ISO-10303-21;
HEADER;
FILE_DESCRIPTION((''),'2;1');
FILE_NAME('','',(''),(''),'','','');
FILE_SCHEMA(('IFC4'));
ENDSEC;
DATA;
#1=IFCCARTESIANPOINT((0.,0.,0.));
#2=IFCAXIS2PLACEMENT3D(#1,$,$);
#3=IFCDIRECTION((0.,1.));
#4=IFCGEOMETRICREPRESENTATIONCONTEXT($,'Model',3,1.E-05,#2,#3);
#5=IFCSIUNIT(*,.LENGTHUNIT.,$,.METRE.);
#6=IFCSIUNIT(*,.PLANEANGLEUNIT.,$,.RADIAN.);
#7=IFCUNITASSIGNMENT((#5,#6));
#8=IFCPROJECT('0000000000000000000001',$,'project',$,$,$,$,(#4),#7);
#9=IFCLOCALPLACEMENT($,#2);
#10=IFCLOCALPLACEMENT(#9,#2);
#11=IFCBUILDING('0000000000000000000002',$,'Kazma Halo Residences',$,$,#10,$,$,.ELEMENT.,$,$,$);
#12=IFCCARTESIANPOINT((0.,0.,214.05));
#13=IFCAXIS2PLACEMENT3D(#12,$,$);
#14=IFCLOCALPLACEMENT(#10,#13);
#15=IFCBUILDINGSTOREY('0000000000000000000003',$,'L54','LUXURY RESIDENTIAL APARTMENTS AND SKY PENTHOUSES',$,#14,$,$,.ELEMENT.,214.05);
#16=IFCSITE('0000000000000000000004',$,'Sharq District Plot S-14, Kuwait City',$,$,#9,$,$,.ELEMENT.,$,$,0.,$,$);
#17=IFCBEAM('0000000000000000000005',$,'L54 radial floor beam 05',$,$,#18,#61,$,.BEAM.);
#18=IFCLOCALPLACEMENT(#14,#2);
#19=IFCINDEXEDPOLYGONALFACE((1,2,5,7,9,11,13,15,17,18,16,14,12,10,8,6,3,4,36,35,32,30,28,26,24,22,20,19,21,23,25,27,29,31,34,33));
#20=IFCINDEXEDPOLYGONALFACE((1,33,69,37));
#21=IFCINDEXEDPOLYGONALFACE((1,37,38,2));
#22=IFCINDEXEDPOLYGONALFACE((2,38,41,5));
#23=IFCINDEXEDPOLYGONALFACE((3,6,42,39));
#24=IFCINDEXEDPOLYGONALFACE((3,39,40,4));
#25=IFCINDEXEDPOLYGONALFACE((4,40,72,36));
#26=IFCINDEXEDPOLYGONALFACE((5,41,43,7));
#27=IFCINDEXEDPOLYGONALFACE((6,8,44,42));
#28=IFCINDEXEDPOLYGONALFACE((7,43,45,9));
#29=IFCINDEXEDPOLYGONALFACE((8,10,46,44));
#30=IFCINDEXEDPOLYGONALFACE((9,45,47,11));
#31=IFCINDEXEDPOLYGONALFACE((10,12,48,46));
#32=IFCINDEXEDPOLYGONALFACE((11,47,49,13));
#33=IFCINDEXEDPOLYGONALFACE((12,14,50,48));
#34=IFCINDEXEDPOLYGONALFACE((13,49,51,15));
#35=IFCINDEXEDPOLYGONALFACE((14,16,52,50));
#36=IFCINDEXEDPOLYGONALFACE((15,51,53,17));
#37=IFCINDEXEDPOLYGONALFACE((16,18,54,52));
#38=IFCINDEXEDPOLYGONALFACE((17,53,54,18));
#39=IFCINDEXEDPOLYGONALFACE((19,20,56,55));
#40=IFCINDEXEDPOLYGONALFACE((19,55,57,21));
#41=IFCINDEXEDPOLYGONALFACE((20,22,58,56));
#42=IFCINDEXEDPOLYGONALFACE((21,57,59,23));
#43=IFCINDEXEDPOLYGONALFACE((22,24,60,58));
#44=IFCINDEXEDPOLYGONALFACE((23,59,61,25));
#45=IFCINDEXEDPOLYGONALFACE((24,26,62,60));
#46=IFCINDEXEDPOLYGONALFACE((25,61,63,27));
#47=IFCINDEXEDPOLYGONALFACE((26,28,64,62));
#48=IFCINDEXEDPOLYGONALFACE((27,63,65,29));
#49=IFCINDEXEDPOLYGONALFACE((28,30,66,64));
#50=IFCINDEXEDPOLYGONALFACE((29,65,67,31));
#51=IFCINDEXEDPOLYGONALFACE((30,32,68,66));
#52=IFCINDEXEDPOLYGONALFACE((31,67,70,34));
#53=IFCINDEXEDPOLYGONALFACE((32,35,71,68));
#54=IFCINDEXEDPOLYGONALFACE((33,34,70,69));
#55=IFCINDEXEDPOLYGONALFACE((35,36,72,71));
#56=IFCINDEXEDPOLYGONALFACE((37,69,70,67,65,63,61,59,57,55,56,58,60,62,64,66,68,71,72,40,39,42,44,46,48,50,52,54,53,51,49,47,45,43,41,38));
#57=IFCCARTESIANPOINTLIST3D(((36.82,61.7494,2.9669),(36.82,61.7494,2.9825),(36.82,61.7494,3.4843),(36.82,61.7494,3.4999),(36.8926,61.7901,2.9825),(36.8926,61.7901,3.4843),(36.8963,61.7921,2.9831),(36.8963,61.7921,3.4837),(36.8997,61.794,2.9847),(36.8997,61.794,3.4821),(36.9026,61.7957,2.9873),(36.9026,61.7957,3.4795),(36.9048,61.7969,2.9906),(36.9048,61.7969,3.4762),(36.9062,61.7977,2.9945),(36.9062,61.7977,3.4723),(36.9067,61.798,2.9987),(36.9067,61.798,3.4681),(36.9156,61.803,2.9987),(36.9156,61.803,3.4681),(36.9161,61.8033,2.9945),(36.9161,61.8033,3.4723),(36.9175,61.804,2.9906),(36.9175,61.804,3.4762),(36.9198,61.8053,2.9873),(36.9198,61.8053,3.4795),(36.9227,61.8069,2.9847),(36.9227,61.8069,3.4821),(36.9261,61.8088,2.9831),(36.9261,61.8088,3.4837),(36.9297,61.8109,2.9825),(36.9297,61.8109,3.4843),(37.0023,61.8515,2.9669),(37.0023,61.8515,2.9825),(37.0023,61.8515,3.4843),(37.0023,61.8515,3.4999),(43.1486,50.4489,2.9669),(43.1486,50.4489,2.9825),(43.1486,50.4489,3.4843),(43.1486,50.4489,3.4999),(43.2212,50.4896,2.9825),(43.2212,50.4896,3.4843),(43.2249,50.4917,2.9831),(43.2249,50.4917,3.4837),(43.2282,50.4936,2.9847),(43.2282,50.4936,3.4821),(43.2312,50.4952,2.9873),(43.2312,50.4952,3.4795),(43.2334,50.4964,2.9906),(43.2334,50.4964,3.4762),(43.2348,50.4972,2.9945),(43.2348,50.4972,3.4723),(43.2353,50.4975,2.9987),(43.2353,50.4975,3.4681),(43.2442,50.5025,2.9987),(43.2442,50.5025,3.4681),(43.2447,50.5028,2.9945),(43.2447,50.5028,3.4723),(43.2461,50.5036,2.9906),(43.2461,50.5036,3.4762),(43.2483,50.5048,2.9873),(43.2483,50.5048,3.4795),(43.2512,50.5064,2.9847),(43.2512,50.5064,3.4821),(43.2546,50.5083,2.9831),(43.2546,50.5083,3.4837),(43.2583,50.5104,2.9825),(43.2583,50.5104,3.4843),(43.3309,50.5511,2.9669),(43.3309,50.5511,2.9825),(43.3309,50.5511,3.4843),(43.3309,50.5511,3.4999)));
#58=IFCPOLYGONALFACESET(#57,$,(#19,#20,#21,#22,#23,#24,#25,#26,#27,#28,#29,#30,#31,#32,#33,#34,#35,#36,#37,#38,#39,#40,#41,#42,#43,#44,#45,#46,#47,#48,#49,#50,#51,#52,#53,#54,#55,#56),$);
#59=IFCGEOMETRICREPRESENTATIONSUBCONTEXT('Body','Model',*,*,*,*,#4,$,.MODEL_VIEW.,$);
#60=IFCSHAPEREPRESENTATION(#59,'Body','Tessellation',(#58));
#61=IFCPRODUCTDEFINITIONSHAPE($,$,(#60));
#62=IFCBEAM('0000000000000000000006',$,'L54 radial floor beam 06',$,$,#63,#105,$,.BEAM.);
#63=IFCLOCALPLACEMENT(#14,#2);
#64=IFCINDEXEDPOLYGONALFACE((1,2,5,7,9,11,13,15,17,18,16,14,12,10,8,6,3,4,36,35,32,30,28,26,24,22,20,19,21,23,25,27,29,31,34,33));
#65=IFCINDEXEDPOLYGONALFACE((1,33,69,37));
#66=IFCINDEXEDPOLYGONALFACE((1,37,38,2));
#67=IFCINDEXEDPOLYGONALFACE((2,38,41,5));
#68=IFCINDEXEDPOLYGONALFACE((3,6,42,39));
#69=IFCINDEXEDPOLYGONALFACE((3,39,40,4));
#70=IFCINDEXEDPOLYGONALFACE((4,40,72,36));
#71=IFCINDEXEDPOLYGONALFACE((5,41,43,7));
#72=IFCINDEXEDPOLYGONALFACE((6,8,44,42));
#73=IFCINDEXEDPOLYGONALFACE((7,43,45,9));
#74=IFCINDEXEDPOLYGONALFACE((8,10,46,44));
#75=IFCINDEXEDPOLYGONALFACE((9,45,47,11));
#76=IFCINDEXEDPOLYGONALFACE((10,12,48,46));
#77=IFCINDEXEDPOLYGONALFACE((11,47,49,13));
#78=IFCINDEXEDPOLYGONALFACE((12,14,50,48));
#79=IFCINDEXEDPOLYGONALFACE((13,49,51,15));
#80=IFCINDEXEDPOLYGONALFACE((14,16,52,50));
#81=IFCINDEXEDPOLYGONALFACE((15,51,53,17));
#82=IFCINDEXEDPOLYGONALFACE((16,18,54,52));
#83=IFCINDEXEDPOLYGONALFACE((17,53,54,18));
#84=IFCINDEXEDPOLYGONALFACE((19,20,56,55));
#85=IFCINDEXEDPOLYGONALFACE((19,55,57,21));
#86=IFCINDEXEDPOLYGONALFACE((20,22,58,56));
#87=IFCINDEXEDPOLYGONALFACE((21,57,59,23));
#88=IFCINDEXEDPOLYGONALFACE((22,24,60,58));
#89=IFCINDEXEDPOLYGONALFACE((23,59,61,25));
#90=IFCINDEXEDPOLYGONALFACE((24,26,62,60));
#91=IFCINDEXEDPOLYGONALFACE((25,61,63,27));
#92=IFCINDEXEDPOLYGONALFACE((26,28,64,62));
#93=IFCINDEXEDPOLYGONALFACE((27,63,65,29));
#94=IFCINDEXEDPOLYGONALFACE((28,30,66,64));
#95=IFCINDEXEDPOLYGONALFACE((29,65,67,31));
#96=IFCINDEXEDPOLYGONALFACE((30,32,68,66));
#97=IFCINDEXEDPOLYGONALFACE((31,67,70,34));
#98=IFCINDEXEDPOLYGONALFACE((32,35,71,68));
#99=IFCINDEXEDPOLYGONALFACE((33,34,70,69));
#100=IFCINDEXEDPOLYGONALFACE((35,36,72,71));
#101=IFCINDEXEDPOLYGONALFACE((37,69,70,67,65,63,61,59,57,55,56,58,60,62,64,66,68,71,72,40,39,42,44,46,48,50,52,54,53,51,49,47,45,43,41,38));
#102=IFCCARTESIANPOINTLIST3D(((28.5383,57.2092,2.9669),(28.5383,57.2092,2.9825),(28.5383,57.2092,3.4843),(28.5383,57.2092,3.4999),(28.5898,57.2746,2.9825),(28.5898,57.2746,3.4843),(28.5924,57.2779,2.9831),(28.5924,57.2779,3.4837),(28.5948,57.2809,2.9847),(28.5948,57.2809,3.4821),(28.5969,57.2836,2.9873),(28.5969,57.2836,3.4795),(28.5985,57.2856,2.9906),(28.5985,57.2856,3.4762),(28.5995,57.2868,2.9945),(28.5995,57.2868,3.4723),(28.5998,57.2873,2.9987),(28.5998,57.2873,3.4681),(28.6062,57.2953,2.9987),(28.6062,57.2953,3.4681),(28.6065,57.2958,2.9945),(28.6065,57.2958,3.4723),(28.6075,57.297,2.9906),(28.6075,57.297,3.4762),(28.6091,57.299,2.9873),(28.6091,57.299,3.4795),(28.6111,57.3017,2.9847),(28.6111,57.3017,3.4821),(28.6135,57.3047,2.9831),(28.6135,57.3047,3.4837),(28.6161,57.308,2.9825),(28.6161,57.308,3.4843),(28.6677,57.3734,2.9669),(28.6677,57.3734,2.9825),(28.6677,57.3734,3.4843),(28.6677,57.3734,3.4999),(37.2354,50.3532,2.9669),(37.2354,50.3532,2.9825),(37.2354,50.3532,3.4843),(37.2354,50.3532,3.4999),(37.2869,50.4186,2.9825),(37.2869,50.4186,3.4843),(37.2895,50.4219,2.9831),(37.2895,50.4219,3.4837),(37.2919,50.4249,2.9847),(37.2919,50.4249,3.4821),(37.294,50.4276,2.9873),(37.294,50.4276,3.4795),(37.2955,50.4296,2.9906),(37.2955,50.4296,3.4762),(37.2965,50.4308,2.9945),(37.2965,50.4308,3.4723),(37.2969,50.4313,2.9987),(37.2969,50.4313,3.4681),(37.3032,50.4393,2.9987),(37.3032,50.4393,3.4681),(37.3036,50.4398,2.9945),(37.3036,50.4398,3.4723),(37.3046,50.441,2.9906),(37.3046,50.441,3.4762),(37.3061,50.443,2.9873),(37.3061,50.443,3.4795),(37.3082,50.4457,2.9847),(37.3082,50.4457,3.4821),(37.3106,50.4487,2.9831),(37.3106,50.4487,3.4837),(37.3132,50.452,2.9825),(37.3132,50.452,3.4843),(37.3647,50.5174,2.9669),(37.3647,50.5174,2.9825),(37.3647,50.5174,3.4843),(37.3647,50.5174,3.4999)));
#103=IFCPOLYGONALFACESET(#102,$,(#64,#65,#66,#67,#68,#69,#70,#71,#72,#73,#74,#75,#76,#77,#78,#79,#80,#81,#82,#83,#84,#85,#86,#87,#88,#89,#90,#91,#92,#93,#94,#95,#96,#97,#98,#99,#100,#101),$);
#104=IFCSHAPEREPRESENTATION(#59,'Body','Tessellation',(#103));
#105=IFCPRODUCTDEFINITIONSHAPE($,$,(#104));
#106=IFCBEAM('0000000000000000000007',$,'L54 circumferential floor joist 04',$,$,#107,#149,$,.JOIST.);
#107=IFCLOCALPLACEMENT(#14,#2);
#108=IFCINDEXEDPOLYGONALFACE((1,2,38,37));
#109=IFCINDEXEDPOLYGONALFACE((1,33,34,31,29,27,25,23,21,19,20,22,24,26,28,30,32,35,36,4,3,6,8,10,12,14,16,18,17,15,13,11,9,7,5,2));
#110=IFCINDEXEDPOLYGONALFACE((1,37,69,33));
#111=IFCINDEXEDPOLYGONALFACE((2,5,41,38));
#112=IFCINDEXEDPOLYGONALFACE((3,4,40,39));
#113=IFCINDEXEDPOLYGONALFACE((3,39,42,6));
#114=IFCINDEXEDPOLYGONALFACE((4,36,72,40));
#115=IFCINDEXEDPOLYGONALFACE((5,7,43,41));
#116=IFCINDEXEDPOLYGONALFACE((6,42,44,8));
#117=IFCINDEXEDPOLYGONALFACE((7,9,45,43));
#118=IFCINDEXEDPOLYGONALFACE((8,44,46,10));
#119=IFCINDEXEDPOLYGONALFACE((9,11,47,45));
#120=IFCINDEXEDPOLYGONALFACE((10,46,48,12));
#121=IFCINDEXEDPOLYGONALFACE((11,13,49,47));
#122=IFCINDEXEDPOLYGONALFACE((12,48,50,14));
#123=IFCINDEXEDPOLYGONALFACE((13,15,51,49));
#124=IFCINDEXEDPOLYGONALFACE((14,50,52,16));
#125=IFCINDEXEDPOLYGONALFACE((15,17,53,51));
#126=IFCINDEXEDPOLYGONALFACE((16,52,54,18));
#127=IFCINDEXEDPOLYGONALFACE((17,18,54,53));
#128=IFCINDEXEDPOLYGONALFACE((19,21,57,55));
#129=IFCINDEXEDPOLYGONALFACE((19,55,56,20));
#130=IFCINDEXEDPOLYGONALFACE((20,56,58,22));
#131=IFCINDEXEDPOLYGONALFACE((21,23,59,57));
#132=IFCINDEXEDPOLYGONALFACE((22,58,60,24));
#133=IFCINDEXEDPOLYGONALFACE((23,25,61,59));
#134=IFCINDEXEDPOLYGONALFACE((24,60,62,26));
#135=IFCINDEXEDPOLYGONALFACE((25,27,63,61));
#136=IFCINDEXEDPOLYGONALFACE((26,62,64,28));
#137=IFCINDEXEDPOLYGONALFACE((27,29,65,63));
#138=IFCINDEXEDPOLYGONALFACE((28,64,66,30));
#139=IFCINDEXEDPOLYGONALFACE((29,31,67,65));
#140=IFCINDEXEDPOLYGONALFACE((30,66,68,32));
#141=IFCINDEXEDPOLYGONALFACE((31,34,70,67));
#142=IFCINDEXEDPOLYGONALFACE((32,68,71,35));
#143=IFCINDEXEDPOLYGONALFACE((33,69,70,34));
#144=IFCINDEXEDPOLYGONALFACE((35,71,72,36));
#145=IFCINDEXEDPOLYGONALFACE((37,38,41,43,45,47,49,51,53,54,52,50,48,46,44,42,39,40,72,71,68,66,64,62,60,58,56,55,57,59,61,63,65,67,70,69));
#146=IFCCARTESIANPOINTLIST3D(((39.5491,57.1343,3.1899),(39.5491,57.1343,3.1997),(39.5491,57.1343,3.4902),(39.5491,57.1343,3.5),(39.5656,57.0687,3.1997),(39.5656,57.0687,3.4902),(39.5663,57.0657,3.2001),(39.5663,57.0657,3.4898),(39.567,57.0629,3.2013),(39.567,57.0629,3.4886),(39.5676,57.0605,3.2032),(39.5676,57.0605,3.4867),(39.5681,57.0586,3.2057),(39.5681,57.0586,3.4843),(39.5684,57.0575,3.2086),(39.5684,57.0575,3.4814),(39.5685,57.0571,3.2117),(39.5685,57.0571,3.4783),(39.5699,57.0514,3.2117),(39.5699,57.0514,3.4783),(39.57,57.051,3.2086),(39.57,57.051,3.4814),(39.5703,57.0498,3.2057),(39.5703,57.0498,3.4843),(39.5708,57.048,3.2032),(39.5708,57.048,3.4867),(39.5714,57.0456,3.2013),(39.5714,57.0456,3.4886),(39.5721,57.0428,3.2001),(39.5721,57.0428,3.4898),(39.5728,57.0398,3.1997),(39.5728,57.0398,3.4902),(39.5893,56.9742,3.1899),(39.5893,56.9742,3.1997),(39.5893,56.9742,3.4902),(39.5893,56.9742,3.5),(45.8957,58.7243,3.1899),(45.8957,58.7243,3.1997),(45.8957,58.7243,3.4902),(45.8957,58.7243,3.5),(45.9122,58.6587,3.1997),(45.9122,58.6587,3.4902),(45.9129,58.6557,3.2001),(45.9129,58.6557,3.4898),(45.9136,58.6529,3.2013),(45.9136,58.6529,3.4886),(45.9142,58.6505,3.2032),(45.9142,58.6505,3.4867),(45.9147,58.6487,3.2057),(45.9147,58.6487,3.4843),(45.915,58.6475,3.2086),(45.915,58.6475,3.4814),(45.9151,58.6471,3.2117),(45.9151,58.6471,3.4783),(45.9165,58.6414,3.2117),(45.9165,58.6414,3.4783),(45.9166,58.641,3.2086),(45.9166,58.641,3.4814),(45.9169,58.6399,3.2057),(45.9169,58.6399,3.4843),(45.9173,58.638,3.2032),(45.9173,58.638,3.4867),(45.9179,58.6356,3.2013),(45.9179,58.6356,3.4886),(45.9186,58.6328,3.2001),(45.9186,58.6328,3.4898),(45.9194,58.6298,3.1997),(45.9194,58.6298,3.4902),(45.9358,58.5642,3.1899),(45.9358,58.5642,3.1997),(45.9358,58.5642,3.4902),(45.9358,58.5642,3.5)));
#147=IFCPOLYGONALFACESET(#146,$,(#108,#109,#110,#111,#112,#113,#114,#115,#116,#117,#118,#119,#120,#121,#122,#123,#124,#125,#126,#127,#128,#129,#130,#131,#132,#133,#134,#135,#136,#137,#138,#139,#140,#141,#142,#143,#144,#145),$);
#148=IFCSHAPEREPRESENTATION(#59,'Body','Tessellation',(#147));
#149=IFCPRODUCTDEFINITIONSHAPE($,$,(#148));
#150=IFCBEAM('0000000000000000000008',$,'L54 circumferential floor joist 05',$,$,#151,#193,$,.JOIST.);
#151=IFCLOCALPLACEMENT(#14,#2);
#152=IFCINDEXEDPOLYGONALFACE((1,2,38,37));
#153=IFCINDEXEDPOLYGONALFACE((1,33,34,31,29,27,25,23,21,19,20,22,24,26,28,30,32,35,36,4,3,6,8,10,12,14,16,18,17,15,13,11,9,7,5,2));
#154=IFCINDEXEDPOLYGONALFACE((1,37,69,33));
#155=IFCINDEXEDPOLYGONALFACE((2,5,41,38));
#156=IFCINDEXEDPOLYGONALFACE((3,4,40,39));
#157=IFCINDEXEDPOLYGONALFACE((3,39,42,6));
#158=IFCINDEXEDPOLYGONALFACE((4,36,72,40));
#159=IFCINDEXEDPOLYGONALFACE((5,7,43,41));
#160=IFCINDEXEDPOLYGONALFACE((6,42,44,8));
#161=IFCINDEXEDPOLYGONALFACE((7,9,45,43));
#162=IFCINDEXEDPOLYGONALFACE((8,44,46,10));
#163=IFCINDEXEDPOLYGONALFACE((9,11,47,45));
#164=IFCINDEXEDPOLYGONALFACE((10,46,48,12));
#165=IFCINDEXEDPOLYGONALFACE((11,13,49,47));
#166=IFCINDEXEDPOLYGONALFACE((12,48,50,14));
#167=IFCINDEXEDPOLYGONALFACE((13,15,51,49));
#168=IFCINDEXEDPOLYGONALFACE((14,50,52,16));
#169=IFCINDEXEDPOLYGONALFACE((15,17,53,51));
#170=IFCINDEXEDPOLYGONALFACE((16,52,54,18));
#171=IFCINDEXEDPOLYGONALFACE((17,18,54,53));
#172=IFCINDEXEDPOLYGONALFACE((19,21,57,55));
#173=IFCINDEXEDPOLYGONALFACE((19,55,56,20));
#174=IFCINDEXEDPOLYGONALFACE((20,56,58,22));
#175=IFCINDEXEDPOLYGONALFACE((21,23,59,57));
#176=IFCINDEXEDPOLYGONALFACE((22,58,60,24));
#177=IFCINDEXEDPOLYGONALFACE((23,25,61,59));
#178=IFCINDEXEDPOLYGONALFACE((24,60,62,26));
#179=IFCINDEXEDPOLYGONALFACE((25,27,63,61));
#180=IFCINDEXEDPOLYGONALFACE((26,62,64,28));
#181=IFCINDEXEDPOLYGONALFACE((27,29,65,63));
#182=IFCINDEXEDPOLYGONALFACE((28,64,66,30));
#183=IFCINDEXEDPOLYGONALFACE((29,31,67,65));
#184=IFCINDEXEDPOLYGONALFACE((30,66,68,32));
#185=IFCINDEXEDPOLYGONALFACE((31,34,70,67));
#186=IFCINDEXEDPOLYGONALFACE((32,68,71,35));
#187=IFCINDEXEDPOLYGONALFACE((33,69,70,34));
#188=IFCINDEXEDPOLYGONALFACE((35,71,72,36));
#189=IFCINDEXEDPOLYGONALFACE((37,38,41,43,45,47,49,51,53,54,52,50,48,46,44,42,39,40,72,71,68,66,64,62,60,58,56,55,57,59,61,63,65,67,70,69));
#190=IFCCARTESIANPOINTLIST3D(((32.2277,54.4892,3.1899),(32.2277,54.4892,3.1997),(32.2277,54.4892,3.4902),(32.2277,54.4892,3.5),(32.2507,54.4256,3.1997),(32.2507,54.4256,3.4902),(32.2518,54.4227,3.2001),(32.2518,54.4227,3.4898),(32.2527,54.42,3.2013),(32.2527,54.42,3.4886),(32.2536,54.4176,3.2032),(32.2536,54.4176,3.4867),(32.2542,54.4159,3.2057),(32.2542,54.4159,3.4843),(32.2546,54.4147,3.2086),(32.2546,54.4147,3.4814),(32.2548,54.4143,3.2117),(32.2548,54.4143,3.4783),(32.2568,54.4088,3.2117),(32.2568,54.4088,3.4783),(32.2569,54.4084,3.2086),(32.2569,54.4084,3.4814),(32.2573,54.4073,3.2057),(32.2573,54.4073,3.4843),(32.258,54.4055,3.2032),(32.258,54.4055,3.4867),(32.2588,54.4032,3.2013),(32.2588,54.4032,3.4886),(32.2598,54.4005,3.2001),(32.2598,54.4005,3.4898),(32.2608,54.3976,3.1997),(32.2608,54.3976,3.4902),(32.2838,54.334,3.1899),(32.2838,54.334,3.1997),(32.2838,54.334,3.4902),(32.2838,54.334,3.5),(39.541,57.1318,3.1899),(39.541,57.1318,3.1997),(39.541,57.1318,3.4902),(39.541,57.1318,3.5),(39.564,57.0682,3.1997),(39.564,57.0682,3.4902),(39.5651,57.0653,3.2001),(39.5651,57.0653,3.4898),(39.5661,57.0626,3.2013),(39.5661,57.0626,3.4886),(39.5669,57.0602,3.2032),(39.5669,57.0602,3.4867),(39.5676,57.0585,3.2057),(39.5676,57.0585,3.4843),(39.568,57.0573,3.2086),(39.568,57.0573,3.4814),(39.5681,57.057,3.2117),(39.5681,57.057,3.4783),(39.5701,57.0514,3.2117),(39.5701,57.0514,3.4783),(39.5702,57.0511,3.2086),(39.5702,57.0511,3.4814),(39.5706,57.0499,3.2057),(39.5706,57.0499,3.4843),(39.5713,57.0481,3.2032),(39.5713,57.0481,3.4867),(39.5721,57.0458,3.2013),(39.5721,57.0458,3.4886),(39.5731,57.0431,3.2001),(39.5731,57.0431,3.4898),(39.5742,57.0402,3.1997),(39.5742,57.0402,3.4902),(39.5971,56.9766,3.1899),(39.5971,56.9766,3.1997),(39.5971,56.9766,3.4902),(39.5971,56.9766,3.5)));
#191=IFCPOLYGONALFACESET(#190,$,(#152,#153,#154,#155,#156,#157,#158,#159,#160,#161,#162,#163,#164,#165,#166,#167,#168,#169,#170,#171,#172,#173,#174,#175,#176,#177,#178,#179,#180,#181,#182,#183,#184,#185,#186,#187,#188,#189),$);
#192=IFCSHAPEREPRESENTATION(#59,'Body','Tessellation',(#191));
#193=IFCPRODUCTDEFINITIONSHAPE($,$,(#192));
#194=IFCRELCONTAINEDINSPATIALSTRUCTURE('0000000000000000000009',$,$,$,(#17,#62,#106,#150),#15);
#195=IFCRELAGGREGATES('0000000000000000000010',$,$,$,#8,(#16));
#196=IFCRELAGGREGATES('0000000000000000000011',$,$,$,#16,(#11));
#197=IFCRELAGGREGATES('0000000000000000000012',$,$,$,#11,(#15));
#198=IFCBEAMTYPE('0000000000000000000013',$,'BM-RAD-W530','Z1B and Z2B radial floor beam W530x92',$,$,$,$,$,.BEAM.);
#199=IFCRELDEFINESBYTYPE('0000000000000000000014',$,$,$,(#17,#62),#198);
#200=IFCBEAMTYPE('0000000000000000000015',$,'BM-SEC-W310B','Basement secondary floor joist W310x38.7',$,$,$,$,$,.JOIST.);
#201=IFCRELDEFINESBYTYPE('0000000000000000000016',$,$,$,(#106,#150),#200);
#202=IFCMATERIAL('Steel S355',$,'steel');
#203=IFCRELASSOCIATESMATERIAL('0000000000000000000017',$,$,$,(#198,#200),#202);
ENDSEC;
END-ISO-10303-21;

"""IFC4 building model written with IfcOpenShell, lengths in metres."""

from ifc_helpers import new_model, si_unit, direction, frame, origin, origin_2d, place, context, subcontext, project, spatial, i_section, extrude, material, material_profile, profile_set, type_object, element, save


model = new_model("IFC4")

# Units and contexts
model_context = context("Model", 3, precision=1e-05, world=origin(), true_north=direction((0.0, 1.0)))
body_context = subcontext(model_context, "Body", "Model", "MODEL_VIEW")
ifc_project = project(units=[si_unit("LENGTHUNIT", "METRE"), si_unit("PLANEANGLEUNIT", "RADIAN")], contexts=[model_context])

# Site, building, storey
site_placement = place(None, origin())
site = spatial("IfcSite", under=ifc_project, at=site_placement, Name="Sharq District Plot S-14, Kuwait City", CompositionType="ELEMENT", RefElevation=0.0)
building_placement = place(site_placement, origin())
building = spatial("IfcBuilding", under=site, at=building_placement, Name="Kazma Halo Residences", CompositionType="ELEMENT")
storey_placement = place(building_placement, frame((0.0, 0.0, 214.05)))
storey = spatial("IfcBuildingStorey", under=building, at=storey_placement, Name="L54", Description="LUXURY RESIDENTIAL APARTMENTS AND SKY PENTHOUSES", CompositionType="ELEMENT", Elevation=214.05)

# Beams
ifc_material_1 = material(Name="Steel S355", Category="steel")
ifc_material_profile_1 = material_profile(ifc_material_1, i_section(OverallWidth=0.209, OverallDepth=0.533, WebThickness=0.0103, FlangeThickness=0.0156, FilletRadius=0.0161, at=origin_2d()), Name="W530x92")
ifc_profile_set_1 = profile_set([ifc_material_profile_1], Name="Steel S355")
beam_type_1 = type_object("IfcBeamType", Name="BM-RAD-W530", Description="Z1B and Z2B radial floor beam W530x92", PredefinedType="BEAM", material=ifc_profile_set_1)
beam_1_placement = place(storey_placement, frame((43.2397, 50.5, 3.2334), z_axis=(-0.488622, 0.872496, 0.0), x_axis=(-0.872496, -0.488622, 0.0)))
element("IfcBeam", 1, at=beam_1_placement, inside=storey, type_object=beam_type_1, Name="L54 radial floor beam 05", PredefinedType="BEAM", context=body_context, shape_type="SweptSolid", body=[
    extrude(i_section(OverallWidth=0.209, OverallDepth=0.533, WebThickness=0.0103, FlangeThickness=0.0156, FilletRadius=0.0161, at=origin_2d()), origin(), (0.0, 0.0, 1.0), 12.9519),
])
beam_2_placement = place(storey_placement, frame((37.3, 50.4353, 3.2334), z_axis=(-0.785327, 0.619082, 0.0), x_axis=(-0.619082, -0.785327, 0.0)))
element("IfcBeam", 2, at=beam_2_placement, inside=storey, type_object=beam_type_1, Name="L54 radial floor beam 06", PredefinedType="BEAM", context=body_context, shape_type="SweptSolid", body=[
    extrude(i_section(OverallWidth=0.209, OverallDepth=0.533, WebThickness=0.0103, FlangeThickness=0.0156, FilletRadius=0.0161, at=origin_2d()), origin(), (0.0, 0.0, 1.0), 11.0745),
])
ifc_material_profile_2 = material_profile(ifc_material_1, i_section(OverallWidth=0.165, OverallDepth=0.3101, WebThickness=0.0059, FlangeThickness=0.0098, FilletRadius=0.012, at=origin_2d()), Name="W310x38.7")
ifc_profile_set_2 = profile_set([ifc_material_profile_2], Name="Steel S355")
beam_type_2 = type_object("IfcBeamType", Name="BM-SEC-W310B", Description="Basement secondary floor joist W310x38.7", PredefinedType="JOIST", material=ifc_profile_set_2)
beam_3_placement = place(storey_placement, frame((45.9158, 58.6443, 3.345), z_axis=(-0.970019, -0.243027, 0.0), x_axis=(0.243027, -0.970019, 0.0)))
element("IfcBeam", 3, at=beam_3_placement, inside=storey, type_object=beam_type_2, Name="L54 circumferential floor joist 04", PredefinedType="JOIST", context=body_context, shape_type="SweptSolid", body=[
    extrude(i_section(OverallWidth=0.165, OverallDepth=0.3101, WebThickness=0.0059, FlangeThickness=0.0098, FilletRadius=0.012, at=origin_2d()), origin(), (0.0, 0.0, 1.0), 6.5427),
])
beam_4_placement = place(storey_placement, frame((39.5691, 57.0542, 3.345), z_axis=(-0.940485, -0.339837, 0.0), x_axis=(0.339837, -0.940485, 0.0)))
element("IfcBeam", 4, at=beam_4_placement, inside=storey, type_object=beam_type_2, Name="L54 circumferential floor joist 05", PredefinedType="JOIST", context=body_context, shape_type="SweptSolid", body=[
    extrude(i_section(OverallWidth=0.165, OverallDepth=0.3101, WebThickness=0.0059, FlangeThickness=0.0098, FilletRadius=0.012, at=origin_2d()), origin(), (0.0, 0.0, 1.0), 7.7761),
])

save(model, "model.ifc")
